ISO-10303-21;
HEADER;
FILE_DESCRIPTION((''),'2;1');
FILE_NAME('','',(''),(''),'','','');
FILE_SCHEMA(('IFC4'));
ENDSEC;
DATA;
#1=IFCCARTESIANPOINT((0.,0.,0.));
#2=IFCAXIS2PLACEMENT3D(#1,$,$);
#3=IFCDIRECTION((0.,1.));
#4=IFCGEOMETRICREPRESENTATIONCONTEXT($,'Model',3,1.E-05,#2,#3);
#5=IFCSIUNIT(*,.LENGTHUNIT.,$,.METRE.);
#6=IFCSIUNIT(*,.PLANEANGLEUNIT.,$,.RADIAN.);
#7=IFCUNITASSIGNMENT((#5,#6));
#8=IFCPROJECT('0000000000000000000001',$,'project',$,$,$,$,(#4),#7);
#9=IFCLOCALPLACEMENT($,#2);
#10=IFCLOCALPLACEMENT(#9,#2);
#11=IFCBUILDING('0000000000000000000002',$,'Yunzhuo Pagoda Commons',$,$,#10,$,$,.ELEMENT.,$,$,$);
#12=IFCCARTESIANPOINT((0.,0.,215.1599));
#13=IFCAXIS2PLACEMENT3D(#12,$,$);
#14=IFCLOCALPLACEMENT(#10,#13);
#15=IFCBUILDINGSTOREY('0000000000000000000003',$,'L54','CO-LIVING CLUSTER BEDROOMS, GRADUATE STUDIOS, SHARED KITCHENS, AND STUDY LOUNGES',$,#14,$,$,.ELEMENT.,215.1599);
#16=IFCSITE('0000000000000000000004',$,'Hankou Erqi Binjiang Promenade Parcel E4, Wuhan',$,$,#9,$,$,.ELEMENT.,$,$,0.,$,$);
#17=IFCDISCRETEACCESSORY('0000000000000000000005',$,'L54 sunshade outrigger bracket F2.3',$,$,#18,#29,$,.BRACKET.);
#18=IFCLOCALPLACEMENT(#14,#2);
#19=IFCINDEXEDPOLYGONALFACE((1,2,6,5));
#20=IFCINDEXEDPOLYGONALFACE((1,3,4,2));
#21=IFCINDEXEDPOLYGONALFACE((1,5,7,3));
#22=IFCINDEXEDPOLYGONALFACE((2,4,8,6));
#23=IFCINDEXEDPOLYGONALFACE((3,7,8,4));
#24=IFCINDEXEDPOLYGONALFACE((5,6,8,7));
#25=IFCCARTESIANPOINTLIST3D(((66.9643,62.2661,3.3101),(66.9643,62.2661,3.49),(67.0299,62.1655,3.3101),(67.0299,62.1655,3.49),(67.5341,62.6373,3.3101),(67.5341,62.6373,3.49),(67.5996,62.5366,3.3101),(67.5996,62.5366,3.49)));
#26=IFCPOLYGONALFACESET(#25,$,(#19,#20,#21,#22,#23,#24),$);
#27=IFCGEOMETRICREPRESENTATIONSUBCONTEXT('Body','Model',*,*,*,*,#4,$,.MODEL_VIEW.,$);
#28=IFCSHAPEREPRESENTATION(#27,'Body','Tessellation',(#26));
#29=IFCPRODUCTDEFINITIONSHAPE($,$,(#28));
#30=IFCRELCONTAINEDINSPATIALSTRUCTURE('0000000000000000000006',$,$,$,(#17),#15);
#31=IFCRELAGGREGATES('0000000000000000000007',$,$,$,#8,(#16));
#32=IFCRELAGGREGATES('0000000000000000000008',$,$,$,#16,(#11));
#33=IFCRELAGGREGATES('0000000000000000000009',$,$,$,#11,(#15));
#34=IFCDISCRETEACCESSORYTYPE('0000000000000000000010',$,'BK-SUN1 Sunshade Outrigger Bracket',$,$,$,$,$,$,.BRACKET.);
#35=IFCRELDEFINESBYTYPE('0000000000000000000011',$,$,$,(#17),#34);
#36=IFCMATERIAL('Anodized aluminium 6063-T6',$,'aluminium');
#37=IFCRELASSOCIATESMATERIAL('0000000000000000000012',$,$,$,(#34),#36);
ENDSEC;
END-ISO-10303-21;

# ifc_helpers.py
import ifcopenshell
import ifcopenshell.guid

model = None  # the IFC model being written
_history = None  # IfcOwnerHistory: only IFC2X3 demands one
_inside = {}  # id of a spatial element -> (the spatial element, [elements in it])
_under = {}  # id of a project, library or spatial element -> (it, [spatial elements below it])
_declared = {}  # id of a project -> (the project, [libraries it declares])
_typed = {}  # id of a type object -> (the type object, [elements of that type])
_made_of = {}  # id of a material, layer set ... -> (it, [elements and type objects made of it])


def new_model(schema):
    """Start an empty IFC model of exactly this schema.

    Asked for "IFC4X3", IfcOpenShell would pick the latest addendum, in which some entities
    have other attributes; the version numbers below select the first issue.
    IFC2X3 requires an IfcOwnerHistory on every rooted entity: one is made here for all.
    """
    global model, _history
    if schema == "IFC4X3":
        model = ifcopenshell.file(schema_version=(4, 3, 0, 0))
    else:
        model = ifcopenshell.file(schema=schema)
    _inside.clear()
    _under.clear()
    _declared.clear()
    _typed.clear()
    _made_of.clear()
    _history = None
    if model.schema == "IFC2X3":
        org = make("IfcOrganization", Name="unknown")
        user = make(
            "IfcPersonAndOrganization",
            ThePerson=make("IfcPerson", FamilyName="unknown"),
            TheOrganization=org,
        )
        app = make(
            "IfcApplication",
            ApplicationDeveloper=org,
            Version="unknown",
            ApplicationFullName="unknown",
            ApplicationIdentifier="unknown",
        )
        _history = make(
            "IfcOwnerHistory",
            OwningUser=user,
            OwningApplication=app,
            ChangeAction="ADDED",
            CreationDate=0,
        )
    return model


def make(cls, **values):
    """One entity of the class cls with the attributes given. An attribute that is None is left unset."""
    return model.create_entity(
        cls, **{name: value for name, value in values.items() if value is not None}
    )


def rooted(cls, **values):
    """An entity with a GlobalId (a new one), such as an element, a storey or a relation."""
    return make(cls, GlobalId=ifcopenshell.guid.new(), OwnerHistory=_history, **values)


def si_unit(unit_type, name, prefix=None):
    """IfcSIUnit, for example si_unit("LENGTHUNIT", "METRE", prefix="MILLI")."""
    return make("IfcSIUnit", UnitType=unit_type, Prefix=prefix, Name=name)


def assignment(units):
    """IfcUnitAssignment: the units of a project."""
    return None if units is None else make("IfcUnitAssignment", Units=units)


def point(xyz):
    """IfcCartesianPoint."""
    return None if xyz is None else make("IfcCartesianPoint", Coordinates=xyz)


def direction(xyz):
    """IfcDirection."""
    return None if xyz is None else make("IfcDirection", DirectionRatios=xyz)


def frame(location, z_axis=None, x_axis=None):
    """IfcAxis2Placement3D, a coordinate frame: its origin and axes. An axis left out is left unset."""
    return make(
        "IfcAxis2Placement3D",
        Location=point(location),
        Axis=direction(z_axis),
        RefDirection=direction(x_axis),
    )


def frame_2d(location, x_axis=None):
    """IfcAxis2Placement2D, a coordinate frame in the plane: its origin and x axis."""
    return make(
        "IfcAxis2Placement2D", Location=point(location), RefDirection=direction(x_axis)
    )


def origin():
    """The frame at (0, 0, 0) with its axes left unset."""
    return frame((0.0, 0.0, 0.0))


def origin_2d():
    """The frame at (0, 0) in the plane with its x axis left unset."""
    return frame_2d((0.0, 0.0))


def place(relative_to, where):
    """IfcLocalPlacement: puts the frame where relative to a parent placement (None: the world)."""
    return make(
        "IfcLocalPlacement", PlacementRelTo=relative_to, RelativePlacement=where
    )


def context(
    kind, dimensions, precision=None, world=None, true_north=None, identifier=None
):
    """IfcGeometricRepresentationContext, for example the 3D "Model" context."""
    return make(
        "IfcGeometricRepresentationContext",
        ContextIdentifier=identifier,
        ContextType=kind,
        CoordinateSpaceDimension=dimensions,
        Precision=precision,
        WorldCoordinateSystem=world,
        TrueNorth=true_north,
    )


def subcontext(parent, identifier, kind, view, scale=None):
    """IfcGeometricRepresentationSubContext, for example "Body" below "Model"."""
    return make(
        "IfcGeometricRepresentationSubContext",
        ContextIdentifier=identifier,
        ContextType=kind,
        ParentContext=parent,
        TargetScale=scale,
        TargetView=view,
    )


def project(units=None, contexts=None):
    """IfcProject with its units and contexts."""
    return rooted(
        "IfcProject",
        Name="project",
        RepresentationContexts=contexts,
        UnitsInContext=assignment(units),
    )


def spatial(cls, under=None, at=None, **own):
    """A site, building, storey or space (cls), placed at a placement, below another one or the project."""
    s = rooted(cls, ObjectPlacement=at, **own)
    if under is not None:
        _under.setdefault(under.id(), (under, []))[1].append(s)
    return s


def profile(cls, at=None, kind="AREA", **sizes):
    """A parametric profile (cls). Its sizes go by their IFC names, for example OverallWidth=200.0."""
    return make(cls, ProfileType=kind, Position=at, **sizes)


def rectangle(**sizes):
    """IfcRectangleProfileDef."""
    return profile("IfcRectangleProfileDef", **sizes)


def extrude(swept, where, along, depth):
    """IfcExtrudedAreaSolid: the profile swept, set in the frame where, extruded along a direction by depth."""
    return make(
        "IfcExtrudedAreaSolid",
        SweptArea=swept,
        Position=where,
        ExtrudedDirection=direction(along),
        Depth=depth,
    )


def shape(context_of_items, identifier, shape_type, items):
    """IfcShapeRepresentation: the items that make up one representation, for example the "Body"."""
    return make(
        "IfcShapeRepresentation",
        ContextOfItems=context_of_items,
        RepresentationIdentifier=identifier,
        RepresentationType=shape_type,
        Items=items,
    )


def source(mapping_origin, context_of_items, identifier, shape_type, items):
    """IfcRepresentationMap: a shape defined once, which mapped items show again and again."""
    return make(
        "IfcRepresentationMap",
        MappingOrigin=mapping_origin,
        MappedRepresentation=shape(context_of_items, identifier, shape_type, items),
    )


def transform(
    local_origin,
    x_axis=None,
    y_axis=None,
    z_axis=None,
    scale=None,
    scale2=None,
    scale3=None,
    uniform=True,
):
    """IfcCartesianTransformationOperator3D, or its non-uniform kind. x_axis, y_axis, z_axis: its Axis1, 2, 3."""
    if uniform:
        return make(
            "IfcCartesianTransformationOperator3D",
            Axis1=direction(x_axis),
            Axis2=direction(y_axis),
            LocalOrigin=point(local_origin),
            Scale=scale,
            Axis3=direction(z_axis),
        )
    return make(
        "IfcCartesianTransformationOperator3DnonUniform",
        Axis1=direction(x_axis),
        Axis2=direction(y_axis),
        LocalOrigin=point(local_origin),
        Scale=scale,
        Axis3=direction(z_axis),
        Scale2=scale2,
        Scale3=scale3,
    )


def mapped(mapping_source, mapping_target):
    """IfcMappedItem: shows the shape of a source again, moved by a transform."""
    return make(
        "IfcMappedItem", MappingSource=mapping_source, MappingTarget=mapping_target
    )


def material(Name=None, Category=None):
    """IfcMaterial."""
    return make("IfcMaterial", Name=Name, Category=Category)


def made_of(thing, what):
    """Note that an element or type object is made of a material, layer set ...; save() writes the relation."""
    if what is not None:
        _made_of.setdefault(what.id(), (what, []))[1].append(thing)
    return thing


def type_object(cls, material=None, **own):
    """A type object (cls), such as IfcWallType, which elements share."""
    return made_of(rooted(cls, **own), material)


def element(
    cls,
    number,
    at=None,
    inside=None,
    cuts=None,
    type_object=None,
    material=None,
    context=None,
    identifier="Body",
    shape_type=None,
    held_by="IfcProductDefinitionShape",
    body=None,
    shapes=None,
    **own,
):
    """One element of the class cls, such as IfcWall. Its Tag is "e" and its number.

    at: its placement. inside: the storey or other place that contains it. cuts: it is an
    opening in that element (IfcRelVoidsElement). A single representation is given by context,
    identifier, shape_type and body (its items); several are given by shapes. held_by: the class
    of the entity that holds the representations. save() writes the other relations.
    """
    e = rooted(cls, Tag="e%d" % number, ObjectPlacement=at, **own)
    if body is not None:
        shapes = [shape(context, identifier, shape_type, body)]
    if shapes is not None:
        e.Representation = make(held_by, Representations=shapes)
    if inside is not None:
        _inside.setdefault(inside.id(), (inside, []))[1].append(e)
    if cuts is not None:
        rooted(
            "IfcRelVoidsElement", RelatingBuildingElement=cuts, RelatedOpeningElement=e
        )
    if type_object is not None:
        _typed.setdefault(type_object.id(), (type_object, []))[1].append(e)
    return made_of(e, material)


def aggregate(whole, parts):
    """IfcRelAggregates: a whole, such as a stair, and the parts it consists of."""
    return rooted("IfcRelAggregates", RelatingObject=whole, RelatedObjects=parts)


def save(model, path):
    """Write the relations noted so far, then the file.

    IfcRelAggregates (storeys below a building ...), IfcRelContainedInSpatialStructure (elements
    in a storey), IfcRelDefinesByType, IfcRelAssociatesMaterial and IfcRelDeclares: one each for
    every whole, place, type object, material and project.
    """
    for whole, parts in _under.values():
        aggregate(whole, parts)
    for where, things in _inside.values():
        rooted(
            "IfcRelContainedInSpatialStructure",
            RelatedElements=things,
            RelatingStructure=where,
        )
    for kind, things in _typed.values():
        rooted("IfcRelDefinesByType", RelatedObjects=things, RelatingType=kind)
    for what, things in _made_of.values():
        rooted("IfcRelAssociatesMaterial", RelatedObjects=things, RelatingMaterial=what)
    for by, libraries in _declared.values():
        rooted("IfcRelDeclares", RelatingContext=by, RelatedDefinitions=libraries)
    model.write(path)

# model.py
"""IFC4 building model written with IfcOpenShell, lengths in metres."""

from ifc_helpers import new_model, si_unit, direction, frame, origin, origin_2d, place, context, subcontext, project, spatial, rectangle, extrude, source, transform, mapped, material, type_object, element, save


model = new_model("IFC4")

# Units and contexts
model_context = context("Model", 3, precision=1e-05, world=origin(), true_north=direction((0.0, 1.0)))
body_context = subcontext(model_context, "Body", "Model", "MODEL_VIEW")
ifc_project = project(units=[si_unit("LENGTHUNIT", "METRE"), si_unit("PLANEANGLEUNIT", "RADIAN")], contexts=[model_context])

# Site, building, storey
site_placement = place(None, origin())
site = spatial("IfcSite", under=ifc_project, at=site_placement, Name="Hankou Erqi Binjiang Promenade Parcel E4, Wuhan", CompositionType="ELEMENT", RefElevation=0.0)
building_placement = place(site_placement, origin())
building = spatial("IfcBuilding", under=site, at=building_placement, Name="Yunzhuo Pagoda Commons", CompositionType="ELEMENT")
storey_placement = place(building_placement, frame((0.0, 0.0, 215.1599)))
storey = spatial("IfcBuildingStorey", under=building, at=storey_placement, Name="L54", Description="CO-LIVING CLUSTER BEDROOMS, GRADUATE STUDIOS, SHARED KITCHENS, AND STUDY LOUNGES", CompositionType="ELEMENT", Elevation=215.1599)

# Shared definitions
ifc_material_1 = material(Name="Anodized aluminium 6063-T6", Category="aluminium")

# Discrete accessory
discrete_accessory_type = type_object("IfcDiscreteAccessoryType", Name="BK-SUN1 Sunshade Outrigger Bracket", PredefinedType="BRACKET", material=ifc_material_1)
shared_shape_1 = source(origin(), body_context, "Body", "SweptSolid", [
    extrude(rectangle(XDim=0.1201, YDim=0.6799, at=origin_2d()), origin(), (0.0, 0.0, 1.0), 0.1799),
])
discrete_accessory_placement = place(storey_placement, frame((67.282, 62.4014, 3.3101), z_axis=(0.0, 0.0, 1.0), x_axis=(-0.545839, 0.83789, 0.0)))
element("IfcDiscreteAccessory", 1, at=discrete_accessory_placement, inside=storey, type_object=discrete_accessory_type, Name="L54 sunshade outrigger bracket F2.3", PredefinedType="BRACKET", context=body_context, shape_type="MappedRepresentation", body=[
    mapped(shared_shape_1, transform((0.0, 0.0, 0.0), scale=1.0)),
])

save(model, "model.ifc")
